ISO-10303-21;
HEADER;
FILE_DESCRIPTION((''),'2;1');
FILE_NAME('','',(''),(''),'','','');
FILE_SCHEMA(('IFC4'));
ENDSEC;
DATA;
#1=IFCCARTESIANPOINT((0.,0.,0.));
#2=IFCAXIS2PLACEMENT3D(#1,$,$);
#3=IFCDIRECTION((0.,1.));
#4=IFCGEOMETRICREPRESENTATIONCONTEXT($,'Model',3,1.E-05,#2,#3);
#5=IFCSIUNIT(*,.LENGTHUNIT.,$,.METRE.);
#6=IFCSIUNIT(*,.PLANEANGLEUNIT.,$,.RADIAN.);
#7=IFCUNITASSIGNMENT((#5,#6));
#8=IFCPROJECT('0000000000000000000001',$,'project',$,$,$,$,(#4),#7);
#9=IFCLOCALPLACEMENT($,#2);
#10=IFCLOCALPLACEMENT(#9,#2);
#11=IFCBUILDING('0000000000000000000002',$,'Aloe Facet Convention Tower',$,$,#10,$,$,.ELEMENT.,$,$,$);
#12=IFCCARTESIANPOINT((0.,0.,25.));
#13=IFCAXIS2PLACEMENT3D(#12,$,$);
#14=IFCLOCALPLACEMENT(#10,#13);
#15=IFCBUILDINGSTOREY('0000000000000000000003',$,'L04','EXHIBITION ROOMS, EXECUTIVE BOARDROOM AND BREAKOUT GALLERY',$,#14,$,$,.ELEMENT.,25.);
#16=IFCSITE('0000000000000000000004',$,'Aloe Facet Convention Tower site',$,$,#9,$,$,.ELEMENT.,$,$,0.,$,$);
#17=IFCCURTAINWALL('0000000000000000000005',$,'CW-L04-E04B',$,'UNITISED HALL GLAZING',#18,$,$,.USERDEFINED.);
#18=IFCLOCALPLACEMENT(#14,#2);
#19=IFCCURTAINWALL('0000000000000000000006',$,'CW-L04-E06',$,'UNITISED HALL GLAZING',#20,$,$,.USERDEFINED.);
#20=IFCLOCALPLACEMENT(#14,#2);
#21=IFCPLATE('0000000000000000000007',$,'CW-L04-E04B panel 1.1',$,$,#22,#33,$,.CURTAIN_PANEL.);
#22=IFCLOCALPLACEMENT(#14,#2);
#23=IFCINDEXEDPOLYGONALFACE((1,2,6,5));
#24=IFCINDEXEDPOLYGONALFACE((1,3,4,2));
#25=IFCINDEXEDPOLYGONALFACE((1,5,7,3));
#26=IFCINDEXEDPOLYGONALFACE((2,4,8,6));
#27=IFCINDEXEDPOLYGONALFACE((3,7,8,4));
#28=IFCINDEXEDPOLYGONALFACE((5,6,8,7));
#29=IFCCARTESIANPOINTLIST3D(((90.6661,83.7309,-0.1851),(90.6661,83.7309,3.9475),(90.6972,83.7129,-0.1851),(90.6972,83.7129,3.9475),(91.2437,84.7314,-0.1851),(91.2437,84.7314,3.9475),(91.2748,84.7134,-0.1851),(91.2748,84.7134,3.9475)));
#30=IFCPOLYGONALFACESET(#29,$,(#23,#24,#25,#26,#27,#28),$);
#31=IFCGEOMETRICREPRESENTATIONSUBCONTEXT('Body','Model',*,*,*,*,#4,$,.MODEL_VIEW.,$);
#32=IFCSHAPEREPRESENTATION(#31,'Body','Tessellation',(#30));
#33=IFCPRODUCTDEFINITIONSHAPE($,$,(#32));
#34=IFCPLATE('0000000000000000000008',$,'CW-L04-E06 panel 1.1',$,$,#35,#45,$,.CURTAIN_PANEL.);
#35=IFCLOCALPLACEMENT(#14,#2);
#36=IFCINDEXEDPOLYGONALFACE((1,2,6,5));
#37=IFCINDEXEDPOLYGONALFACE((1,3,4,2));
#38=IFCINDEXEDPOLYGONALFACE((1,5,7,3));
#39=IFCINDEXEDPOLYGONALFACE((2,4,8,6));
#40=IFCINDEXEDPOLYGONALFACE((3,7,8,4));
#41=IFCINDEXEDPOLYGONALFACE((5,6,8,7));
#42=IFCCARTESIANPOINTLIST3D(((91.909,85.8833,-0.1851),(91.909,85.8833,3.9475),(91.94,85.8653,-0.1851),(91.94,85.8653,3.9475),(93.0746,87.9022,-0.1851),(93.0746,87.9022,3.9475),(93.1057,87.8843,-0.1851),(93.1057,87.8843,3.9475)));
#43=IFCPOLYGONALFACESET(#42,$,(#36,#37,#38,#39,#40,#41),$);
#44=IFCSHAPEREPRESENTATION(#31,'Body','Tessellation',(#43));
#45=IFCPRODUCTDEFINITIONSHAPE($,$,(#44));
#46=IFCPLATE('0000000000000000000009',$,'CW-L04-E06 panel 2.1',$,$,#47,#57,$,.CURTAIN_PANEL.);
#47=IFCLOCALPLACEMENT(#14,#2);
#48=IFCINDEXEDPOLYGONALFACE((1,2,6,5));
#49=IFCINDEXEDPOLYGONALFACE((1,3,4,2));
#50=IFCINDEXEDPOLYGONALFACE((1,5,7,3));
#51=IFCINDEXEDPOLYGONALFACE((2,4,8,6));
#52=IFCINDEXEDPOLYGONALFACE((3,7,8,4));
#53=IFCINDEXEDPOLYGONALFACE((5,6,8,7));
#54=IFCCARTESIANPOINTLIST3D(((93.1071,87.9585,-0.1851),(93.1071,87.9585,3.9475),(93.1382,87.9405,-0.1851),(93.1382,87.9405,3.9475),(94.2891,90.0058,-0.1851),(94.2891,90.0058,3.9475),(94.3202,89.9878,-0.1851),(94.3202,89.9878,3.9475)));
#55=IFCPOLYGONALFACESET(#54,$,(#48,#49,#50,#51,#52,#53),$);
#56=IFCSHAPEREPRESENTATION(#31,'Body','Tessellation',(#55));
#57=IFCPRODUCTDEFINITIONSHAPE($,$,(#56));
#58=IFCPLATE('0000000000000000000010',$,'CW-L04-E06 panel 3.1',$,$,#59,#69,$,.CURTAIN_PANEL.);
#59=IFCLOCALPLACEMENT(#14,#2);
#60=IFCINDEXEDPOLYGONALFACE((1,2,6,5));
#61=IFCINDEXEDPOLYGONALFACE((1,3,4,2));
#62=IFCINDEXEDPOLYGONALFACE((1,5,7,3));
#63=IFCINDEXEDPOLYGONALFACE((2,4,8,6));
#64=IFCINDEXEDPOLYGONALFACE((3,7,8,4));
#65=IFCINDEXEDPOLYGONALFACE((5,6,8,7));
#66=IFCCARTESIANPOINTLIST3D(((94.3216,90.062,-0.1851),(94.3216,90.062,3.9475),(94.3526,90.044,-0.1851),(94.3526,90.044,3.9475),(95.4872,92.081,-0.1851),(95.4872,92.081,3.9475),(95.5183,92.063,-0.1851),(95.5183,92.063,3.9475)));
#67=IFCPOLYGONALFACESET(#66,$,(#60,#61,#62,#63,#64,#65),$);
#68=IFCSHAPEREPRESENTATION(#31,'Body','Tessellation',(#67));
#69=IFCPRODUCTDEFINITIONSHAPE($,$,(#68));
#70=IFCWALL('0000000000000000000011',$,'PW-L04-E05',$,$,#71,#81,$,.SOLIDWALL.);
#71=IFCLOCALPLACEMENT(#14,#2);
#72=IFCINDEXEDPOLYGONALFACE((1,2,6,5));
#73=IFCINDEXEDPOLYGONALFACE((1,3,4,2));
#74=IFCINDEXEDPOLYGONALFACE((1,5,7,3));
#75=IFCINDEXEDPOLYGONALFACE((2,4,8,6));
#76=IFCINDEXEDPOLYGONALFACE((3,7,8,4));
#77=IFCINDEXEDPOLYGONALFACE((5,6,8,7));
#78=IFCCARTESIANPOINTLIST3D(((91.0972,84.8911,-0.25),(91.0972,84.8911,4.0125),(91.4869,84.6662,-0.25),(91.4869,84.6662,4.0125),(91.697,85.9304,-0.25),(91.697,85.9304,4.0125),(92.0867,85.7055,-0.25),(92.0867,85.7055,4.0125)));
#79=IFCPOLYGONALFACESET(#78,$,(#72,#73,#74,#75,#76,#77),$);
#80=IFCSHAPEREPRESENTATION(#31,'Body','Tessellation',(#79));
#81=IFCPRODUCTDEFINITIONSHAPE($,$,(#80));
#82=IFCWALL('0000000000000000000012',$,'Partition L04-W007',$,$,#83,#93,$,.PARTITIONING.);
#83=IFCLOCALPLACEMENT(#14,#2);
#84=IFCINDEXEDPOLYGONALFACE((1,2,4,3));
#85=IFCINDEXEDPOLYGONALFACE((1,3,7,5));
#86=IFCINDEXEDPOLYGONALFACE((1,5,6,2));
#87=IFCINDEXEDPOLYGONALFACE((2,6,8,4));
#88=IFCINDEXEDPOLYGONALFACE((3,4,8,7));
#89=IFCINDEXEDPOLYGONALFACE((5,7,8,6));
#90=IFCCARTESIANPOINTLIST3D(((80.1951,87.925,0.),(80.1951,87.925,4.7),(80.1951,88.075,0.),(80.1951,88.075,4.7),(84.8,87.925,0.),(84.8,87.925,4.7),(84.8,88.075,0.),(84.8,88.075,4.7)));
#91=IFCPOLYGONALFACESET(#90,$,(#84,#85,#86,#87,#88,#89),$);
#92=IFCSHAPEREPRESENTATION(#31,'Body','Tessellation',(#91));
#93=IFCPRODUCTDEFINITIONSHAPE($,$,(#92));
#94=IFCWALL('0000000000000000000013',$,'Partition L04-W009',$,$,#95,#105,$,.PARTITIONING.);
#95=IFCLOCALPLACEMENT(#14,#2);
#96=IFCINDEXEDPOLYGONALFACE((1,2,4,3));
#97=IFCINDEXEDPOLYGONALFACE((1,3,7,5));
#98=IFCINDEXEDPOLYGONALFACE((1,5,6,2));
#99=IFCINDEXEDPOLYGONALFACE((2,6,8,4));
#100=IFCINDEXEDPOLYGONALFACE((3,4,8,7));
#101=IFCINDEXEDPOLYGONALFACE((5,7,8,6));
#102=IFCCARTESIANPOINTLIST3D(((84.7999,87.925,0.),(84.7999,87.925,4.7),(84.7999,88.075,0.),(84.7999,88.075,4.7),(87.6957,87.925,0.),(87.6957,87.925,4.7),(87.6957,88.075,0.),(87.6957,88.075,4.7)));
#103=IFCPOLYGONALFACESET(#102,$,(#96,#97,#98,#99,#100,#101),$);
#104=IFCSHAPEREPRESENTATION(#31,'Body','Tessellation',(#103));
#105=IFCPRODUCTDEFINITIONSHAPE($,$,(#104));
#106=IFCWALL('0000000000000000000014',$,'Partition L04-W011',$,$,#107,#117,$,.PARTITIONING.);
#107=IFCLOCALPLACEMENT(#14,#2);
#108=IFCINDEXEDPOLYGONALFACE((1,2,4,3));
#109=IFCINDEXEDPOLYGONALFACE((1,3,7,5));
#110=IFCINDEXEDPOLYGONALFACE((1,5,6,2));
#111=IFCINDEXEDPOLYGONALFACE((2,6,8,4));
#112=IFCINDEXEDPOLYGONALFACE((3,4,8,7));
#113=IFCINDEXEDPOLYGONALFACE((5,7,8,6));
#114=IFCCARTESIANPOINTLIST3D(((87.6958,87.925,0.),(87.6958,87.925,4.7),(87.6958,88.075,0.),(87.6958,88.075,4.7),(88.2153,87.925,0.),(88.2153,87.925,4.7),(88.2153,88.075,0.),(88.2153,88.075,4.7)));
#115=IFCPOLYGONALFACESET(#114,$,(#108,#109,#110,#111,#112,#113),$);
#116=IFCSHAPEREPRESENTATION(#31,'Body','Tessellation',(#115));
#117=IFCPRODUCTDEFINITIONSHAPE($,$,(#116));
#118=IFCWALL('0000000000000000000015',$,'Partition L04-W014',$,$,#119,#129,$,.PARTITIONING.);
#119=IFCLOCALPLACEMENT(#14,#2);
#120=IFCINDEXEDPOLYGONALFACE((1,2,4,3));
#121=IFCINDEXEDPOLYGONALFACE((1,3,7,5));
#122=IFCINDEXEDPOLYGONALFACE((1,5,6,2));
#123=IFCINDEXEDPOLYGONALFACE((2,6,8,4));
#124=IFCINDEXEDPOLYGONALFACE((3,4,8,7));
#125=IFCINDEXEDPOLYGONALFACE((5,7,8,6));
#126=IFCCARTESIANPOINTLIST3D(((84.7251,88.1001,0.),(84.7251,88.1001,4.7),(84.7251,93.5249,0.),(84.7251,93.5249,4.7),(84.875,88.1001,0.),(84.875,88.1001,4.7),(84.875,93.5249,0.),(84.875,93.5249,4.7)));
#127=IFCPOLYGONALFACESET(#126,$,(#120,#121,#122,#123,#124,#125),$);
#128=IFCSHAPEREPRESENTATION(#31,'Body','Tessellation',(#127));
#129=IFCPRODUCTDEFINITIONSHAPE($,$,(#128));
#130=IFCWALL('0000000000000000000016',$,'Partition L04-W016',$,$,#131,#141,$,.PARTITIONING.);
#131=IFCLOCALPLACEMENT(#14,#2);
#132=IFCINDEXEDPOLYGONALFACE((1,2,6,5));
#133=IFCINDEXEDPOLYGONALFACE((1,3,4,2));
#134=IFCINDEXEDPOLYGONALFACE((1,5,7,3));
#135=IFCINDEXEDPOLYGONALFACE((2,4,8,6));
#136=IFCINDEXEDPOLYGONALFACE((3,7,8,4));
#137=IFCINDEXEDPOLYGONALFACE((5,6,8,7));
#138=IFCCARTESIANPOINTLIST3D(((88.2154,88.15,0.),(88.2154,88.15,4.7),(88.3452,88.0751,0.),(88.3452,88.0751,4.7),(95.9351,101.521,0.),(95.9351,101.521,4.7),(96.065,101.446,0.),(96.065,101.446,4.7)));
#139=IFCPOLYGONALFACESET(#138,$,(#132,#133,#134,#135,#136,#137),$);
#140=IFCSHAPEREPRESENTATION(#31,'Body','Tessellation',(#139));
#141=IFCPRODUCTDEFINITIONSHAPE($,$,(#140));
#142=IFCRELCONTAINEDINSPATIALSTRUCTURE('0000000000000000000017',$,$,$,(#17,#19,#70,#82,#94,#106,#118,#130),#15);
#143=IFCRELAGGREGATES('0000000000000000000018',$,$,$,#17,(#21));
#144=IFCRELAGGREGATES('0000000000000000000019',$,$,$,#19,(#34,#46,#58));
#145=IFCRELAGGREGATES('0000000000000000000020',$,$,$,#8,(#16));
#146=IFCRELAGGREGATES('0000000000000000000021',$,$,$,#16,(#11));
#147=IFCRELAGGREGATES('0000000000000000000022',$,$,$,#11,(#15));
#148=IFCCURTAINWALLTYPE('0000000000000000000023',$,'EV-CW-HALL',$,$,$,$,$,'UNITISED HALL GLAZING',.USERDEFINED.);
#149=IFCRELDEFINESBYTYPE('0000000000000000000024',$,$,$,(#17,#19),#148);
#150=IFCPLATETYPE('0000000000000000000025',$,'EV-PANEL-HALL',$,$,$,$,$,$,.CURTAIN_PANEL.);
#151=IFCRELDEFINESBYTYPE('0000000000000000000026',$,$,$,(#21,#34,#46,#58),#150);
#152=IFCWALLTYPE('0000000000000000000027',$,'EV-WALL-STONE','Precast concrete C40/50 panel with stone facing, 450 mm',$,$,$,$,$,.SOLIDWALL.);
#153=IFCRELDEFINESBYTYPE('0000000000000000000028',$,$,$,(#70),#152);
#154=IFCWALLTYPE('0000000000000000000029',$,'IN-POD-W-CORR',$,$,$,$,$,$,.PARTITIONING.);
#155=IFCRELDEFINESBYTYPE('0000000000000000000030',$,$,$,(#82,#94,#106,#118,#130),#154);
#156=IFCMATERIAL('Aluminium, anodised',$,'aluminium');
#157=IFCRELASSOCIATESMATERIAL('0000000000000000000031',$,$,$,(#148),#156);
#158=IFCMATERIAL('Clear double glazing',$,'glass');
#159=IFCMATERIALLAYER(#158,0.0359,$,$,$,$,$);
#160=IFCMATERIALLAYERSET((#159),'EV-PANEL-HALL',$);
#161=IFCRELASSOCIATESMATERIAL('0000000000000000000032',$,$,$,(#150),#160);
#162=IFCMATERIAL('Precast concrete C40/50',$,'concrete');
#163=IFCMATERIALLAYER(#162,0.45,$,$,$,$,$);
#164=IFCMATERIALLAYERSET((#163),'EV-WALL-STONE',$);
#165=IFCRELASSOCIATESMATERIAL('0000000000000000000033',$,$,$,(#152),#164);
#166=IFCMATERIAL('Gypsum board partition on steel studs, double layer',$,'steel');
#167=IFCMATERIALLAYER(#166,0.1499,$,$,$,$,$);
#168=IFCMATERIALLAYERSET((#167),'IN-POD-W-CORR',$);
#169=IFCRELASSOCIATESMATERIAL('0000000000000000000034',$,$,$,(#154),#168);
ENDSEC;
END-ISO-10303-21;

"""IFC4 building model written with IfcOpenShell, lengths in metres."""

from ifc_helpers import new_model, si_unit, direction, frame, frame_2d, origin, origin_2d, place, context, subcontext, project, spatial, rectangle, extrude, material, layer, layer_set, type_object, element, aggregate, save


model = new_model("IFC4")

# Units and contexts
model_context = context("Model", 3, precision=1e-05, world=origin(), true_north=direction((0.0, 1.0)))
body_context = subcontext(model_context, "Body", "Model", "MODEL_VIEW")
ifc_project = project(units=[si_unit("LENGTHUNIT", "METRE"), si_unit("PLANEANGLEUNIT", "RADIAN")], contexts=[model_context])

# Site, building, storey
site_placement = place(None, origin())
site = spatial("IfcSite", under=ifc_project, at=site_placement, Name="Aloe Facet Convention Tower site", CompositionType="ELEMENT", RefElevation=0.0)
building_placement = place(site_placement, origin())
building = spatial("IfcBuilding", under=site, at=building_placement, Name="Aloe Facet Convention Tower", CompositionType="ELEMENT")
storey_placement = place(building_placement, frame((0.0, 0.0, 25.0)))
storey = spatial("IfcBuildingStorey", under=building, at=storey_placement, Name="L04", Description="EXHIBITION ROOMS, EXECUTIVE BOARDROOM AND BREAKOUT GALLERY", CompositionType="ELEMENT", Elevation=25.0)

# Curtain walls
ifc_material_1 = material(Name="Aluminium, anodised", Category="aluminium")
curtain_wall_type = type_object("IfcCurtainWallType", Name="EV-CW-HALL", ElementType="UNITISED HALL GLAZING", PredefinedType="USERDEFINED", material=ifc_material_1)
curtain_wall_1_placement = place(storey_placement, origin())
curtain_wall_1 = element("IfcCurtainWall", 1, at=curtain_wall_1_placement, inside=storey, type_object=curtain_wall_type, Name="CW-L04-E04B", ObjectType="UNITISED HALL GLAZING", PredefinedType="USERDEFINED")
curtain_wall_2_placement = place(storey_placement, origin())
curtain_wall_2 = element("IfcCurtainWall", 2, at=curtain_wall_2_placement, inside=storey, type_object=curtain_wall_type, Name="CW-L04-E06", ObjectType="UNITISED HALL GLAZING", PredefinedType="USERDEFINED")

# Plates
ifc_material_2 = material(Name="Clear double glazing", Category="glass")
ifc_layer_1 = layer(ifc_material_2, 0.0359)
ifc_layer_set_1 = layer_set([ifc_layer_1], Name="EV-PANEL-HALL")
plate_type = type_object("IfcPlateType", Name="EV-PANEL-HALL", PredefinedType="CURTAIN_PANEL", material=ifc_layer_set_1)
plate_1_placement = place(storey_placement, frame((90.9705, 84.2222, -0.1851), z_axis=(0.0, 0.0, 1.0), x_axis=(0.5, 0.866025, 0.0)))
plate_1 = element("IfcPlate", 3, at=plate_1_placement, type_object=plate_type, Name="CW-L04-E04B panel 1.1", PredefinedType="CURTAIN_PANEL", context=body_context, shape_type="SweptSolid", body=[
    extrude(rectangle(XDim=1.1553, YDim=0.0359, at=origin_2d()), origin(), (0.0, 0.0, 1.0), 4.1326),
])
aggregate(curtain_wall_1, [plate_1])
plate_2_placement = place(storey_placement, frame((92.5073, 86.8838, -0.1851), z_axis=(0.0, 0.0, 1.0), x_axis=(0.5, 0.866025, 0.0)))
plate_2 = element("IfcPlate", 4, at=plate_2_placement, type_object=plate_type, Name="CW-L04-E06 panel 1.1", PredefinedType="CURTAIN_PANEL", context=body_context, shape_type="SweptSolid", body=[
    extrude(rectangle(XDim=2.3313, YDim=0.0359, at=origin_2d()), origin(), (0.0, 0.0, 1.0), 4.1326),
])
plate_3_placement = place(storey_placement, frame((93.7136, 88.9731, -0.1851), z_axis=(0.0, 0.0, 1.0), x_axis=(0.5, 0.866025, 0.0)))
plate_3 = element("IfcPlate", 5, at=plate_3_placement, type_object=plate_type, Name="CW-L04-E06 panel 2.1", PredefinedType="CURTAIN_PANEL", context=body_context, shape_type="SweptSolid", body=[
    extrude(rectangle(XDim=2.364, YDim=0.0359, at=origin_2d()), origin(), (0.0, 0.0, 1.0), 4.1326),
])
plate_4_placement = place(storey_placement, frame((94.9199, 91.0625, -0.1851), z_axis=(0.0, 0.0, 1.0), x_axis=(0.5, 0.866025, 0.0)))
plate_4 = element("IfcPlate", 6, at=plate_4_placement, type_object=plate_type, Name="CW-L04-E06 panel 3.1", PredefinedType="CURTAIN_PANEL", context=body_context, shape_type="SweptSolid", body=[
    extrude(rectangle(XDim=2.3313, YDim=0.0359, at=origin_2d()), origin(), (0.0, 0.0, 1.0), 4.1326),
])
aggregate(curtain_wall_2, [plate_2, plate_3, plate_4])

# Walls
ifc_material_3 = material(Name="Precast concrete C40/50", Category="concrete")
ifc_layer_2 = layer(ifc_material_3, 0.45)
ifc_layer_set_2 = layer_set([ifc_layer_2], Name="EV-WALL-STONE")
wall_type_1 = type_object("IfcWallType", Name="EV-WALL-STONE", Description="Precast concrete C40/50 panel with stone facing, 450 mm", PredefinedType="SOLIDWALL", material=ifc_layer_set_2)
wall_1_placement = place(storey_placement, frame((91.292, 84.7786, -0.25), z_axis=(0.0, 0.0, 1.0), x_axis=(0.499881, 0.866094, 0.0)))
element("IfcWall", 7, at=wall_1_placement, inside=storey, type_object=wall_type_1, Name="PW-L04-E05", PredefinedType="SOLIDWALL", context=body_context, shape_type="SweptSolid", body=[
    extrude(rectangle(XDim=1.2, YDim=0.45, at=frame_2d((0.6001, 0.0))), origin(), (0.0, 0.0, 1.0), 4.2625),
])
ifc_material_4 = material(Name="Gypsum board partition on steel studs, double layer", Category="steel")
ifc_layer_3 = layer(ifc_material_4, 0.1499)
ifc_layer_set_3 = layer_set([ifc_layer_3], Name="IN-POD-W-CORR")
wall_type_2 = type_object("IfcWallType", Name="IN-POD-W-CORR", PredefinedType="PARTITIONING", material=ifc_layer_set_3)
wall_2_placement = place(storey_placement, frame((80.1951, 88.0, 0.0), z_axis=(0.0, 0.0, 1.0), x_axis=(1.0, 0.0, 0.0)))
element("IfcWall", 8, at=wall_2_placement, inside=storey, type_object=wall_type_2, Name="Partition L04-W007", PredefinedType="PARTITIONING", context=body_context, shape_type="SweptSolid", body=[
    extrude(rectangle(XDim=4.605, YDim=0.1499, at=frame_2d((2.3025, 0.0))), origin(), (0.0, 0.0, 1.0), 4.7),
])
wall_3_placement = place(storey_placement, frame((84.8, 88.0, 0.0), z_axis=(0.0, 0.0, 1.0), x_axis=(1.0, 0.0, 0.0)))
element("IfcWall", 9, at=wall_3_placement, inside=storey, type_object=wall_type_2, Name="Partition L04-W009", PredefinedType="PARTITIONING", context=body_context, shape_type="SweptSolid", body=[
    extrude(rectangle(XDim=2.8958, YDim=0.1499, at=frame_2d((1.4478, 0.0))), origin(), (0.0, 0.0, 1.0), 4.7),
])
wall_4_placement = place(storey_placement, frame((87.6958, 88.0, 0.0), z_axis=(0.0, 0.0, 1.0), x_axis=(1.0, 0.0, 0.0)))
element("IfcWall", 10, at=wall_4_placement, inside=storey, type_object=wall_type_2, Name="Partition L04-W011", PredefinedType="PARTITIONING", context=body_context, shape_type="SweptSolid", body=[
    extrude(rectangle(XDim=0.5195, YDim=0.1499, at=frame_2d((0.2598, 0.0))), origin(), (0.0, 0.0, 1.0), 4.7),
])
wall_5_placement = place(storey_placement, frame((84.8, 88.1001, 0.0), z_axis=(0.0, 0.0, 1.0), x_axis=(0.0, 1.0, 0.0)))
element("IfcWall", 11, at=wall_5_placement, inside=storey, type_object=wall_type_2, Name="Partition L04-W014", PredefinedType="PARTITIONING", context=body_context, shape_type="SweptSolid", body=[
    extrude(rectangle(XDim=5.4248, YDim=0.1499, at=frame_2d((2.7124, 0.0))), origin(), (0.0, 0.0, 1.0), 4.7),
])
wall_6_placement = place(storey_placement, frame((88.2803, 88.1125, 0.0), z_axis=(0.0, 0.0, 1.0), x_axis=(0.500003, 0.866024, 0.0)))
element("IfcWall", 12, at=wall_6_placement, inside=storey, type_object=wall_type_2, Name="Partition L04-W016", PredefinedType="PARTITIONING", context=body_context, shape_type="SweptSolid", body=[
    extrude(rectangle(XDim=15.4395, YDim=0.1499, at=frame_2d((7.7197, 0.0))), origin(), (0.0, 0.0, 1.0), 4.7),
])

save(model, "model.ifc")
